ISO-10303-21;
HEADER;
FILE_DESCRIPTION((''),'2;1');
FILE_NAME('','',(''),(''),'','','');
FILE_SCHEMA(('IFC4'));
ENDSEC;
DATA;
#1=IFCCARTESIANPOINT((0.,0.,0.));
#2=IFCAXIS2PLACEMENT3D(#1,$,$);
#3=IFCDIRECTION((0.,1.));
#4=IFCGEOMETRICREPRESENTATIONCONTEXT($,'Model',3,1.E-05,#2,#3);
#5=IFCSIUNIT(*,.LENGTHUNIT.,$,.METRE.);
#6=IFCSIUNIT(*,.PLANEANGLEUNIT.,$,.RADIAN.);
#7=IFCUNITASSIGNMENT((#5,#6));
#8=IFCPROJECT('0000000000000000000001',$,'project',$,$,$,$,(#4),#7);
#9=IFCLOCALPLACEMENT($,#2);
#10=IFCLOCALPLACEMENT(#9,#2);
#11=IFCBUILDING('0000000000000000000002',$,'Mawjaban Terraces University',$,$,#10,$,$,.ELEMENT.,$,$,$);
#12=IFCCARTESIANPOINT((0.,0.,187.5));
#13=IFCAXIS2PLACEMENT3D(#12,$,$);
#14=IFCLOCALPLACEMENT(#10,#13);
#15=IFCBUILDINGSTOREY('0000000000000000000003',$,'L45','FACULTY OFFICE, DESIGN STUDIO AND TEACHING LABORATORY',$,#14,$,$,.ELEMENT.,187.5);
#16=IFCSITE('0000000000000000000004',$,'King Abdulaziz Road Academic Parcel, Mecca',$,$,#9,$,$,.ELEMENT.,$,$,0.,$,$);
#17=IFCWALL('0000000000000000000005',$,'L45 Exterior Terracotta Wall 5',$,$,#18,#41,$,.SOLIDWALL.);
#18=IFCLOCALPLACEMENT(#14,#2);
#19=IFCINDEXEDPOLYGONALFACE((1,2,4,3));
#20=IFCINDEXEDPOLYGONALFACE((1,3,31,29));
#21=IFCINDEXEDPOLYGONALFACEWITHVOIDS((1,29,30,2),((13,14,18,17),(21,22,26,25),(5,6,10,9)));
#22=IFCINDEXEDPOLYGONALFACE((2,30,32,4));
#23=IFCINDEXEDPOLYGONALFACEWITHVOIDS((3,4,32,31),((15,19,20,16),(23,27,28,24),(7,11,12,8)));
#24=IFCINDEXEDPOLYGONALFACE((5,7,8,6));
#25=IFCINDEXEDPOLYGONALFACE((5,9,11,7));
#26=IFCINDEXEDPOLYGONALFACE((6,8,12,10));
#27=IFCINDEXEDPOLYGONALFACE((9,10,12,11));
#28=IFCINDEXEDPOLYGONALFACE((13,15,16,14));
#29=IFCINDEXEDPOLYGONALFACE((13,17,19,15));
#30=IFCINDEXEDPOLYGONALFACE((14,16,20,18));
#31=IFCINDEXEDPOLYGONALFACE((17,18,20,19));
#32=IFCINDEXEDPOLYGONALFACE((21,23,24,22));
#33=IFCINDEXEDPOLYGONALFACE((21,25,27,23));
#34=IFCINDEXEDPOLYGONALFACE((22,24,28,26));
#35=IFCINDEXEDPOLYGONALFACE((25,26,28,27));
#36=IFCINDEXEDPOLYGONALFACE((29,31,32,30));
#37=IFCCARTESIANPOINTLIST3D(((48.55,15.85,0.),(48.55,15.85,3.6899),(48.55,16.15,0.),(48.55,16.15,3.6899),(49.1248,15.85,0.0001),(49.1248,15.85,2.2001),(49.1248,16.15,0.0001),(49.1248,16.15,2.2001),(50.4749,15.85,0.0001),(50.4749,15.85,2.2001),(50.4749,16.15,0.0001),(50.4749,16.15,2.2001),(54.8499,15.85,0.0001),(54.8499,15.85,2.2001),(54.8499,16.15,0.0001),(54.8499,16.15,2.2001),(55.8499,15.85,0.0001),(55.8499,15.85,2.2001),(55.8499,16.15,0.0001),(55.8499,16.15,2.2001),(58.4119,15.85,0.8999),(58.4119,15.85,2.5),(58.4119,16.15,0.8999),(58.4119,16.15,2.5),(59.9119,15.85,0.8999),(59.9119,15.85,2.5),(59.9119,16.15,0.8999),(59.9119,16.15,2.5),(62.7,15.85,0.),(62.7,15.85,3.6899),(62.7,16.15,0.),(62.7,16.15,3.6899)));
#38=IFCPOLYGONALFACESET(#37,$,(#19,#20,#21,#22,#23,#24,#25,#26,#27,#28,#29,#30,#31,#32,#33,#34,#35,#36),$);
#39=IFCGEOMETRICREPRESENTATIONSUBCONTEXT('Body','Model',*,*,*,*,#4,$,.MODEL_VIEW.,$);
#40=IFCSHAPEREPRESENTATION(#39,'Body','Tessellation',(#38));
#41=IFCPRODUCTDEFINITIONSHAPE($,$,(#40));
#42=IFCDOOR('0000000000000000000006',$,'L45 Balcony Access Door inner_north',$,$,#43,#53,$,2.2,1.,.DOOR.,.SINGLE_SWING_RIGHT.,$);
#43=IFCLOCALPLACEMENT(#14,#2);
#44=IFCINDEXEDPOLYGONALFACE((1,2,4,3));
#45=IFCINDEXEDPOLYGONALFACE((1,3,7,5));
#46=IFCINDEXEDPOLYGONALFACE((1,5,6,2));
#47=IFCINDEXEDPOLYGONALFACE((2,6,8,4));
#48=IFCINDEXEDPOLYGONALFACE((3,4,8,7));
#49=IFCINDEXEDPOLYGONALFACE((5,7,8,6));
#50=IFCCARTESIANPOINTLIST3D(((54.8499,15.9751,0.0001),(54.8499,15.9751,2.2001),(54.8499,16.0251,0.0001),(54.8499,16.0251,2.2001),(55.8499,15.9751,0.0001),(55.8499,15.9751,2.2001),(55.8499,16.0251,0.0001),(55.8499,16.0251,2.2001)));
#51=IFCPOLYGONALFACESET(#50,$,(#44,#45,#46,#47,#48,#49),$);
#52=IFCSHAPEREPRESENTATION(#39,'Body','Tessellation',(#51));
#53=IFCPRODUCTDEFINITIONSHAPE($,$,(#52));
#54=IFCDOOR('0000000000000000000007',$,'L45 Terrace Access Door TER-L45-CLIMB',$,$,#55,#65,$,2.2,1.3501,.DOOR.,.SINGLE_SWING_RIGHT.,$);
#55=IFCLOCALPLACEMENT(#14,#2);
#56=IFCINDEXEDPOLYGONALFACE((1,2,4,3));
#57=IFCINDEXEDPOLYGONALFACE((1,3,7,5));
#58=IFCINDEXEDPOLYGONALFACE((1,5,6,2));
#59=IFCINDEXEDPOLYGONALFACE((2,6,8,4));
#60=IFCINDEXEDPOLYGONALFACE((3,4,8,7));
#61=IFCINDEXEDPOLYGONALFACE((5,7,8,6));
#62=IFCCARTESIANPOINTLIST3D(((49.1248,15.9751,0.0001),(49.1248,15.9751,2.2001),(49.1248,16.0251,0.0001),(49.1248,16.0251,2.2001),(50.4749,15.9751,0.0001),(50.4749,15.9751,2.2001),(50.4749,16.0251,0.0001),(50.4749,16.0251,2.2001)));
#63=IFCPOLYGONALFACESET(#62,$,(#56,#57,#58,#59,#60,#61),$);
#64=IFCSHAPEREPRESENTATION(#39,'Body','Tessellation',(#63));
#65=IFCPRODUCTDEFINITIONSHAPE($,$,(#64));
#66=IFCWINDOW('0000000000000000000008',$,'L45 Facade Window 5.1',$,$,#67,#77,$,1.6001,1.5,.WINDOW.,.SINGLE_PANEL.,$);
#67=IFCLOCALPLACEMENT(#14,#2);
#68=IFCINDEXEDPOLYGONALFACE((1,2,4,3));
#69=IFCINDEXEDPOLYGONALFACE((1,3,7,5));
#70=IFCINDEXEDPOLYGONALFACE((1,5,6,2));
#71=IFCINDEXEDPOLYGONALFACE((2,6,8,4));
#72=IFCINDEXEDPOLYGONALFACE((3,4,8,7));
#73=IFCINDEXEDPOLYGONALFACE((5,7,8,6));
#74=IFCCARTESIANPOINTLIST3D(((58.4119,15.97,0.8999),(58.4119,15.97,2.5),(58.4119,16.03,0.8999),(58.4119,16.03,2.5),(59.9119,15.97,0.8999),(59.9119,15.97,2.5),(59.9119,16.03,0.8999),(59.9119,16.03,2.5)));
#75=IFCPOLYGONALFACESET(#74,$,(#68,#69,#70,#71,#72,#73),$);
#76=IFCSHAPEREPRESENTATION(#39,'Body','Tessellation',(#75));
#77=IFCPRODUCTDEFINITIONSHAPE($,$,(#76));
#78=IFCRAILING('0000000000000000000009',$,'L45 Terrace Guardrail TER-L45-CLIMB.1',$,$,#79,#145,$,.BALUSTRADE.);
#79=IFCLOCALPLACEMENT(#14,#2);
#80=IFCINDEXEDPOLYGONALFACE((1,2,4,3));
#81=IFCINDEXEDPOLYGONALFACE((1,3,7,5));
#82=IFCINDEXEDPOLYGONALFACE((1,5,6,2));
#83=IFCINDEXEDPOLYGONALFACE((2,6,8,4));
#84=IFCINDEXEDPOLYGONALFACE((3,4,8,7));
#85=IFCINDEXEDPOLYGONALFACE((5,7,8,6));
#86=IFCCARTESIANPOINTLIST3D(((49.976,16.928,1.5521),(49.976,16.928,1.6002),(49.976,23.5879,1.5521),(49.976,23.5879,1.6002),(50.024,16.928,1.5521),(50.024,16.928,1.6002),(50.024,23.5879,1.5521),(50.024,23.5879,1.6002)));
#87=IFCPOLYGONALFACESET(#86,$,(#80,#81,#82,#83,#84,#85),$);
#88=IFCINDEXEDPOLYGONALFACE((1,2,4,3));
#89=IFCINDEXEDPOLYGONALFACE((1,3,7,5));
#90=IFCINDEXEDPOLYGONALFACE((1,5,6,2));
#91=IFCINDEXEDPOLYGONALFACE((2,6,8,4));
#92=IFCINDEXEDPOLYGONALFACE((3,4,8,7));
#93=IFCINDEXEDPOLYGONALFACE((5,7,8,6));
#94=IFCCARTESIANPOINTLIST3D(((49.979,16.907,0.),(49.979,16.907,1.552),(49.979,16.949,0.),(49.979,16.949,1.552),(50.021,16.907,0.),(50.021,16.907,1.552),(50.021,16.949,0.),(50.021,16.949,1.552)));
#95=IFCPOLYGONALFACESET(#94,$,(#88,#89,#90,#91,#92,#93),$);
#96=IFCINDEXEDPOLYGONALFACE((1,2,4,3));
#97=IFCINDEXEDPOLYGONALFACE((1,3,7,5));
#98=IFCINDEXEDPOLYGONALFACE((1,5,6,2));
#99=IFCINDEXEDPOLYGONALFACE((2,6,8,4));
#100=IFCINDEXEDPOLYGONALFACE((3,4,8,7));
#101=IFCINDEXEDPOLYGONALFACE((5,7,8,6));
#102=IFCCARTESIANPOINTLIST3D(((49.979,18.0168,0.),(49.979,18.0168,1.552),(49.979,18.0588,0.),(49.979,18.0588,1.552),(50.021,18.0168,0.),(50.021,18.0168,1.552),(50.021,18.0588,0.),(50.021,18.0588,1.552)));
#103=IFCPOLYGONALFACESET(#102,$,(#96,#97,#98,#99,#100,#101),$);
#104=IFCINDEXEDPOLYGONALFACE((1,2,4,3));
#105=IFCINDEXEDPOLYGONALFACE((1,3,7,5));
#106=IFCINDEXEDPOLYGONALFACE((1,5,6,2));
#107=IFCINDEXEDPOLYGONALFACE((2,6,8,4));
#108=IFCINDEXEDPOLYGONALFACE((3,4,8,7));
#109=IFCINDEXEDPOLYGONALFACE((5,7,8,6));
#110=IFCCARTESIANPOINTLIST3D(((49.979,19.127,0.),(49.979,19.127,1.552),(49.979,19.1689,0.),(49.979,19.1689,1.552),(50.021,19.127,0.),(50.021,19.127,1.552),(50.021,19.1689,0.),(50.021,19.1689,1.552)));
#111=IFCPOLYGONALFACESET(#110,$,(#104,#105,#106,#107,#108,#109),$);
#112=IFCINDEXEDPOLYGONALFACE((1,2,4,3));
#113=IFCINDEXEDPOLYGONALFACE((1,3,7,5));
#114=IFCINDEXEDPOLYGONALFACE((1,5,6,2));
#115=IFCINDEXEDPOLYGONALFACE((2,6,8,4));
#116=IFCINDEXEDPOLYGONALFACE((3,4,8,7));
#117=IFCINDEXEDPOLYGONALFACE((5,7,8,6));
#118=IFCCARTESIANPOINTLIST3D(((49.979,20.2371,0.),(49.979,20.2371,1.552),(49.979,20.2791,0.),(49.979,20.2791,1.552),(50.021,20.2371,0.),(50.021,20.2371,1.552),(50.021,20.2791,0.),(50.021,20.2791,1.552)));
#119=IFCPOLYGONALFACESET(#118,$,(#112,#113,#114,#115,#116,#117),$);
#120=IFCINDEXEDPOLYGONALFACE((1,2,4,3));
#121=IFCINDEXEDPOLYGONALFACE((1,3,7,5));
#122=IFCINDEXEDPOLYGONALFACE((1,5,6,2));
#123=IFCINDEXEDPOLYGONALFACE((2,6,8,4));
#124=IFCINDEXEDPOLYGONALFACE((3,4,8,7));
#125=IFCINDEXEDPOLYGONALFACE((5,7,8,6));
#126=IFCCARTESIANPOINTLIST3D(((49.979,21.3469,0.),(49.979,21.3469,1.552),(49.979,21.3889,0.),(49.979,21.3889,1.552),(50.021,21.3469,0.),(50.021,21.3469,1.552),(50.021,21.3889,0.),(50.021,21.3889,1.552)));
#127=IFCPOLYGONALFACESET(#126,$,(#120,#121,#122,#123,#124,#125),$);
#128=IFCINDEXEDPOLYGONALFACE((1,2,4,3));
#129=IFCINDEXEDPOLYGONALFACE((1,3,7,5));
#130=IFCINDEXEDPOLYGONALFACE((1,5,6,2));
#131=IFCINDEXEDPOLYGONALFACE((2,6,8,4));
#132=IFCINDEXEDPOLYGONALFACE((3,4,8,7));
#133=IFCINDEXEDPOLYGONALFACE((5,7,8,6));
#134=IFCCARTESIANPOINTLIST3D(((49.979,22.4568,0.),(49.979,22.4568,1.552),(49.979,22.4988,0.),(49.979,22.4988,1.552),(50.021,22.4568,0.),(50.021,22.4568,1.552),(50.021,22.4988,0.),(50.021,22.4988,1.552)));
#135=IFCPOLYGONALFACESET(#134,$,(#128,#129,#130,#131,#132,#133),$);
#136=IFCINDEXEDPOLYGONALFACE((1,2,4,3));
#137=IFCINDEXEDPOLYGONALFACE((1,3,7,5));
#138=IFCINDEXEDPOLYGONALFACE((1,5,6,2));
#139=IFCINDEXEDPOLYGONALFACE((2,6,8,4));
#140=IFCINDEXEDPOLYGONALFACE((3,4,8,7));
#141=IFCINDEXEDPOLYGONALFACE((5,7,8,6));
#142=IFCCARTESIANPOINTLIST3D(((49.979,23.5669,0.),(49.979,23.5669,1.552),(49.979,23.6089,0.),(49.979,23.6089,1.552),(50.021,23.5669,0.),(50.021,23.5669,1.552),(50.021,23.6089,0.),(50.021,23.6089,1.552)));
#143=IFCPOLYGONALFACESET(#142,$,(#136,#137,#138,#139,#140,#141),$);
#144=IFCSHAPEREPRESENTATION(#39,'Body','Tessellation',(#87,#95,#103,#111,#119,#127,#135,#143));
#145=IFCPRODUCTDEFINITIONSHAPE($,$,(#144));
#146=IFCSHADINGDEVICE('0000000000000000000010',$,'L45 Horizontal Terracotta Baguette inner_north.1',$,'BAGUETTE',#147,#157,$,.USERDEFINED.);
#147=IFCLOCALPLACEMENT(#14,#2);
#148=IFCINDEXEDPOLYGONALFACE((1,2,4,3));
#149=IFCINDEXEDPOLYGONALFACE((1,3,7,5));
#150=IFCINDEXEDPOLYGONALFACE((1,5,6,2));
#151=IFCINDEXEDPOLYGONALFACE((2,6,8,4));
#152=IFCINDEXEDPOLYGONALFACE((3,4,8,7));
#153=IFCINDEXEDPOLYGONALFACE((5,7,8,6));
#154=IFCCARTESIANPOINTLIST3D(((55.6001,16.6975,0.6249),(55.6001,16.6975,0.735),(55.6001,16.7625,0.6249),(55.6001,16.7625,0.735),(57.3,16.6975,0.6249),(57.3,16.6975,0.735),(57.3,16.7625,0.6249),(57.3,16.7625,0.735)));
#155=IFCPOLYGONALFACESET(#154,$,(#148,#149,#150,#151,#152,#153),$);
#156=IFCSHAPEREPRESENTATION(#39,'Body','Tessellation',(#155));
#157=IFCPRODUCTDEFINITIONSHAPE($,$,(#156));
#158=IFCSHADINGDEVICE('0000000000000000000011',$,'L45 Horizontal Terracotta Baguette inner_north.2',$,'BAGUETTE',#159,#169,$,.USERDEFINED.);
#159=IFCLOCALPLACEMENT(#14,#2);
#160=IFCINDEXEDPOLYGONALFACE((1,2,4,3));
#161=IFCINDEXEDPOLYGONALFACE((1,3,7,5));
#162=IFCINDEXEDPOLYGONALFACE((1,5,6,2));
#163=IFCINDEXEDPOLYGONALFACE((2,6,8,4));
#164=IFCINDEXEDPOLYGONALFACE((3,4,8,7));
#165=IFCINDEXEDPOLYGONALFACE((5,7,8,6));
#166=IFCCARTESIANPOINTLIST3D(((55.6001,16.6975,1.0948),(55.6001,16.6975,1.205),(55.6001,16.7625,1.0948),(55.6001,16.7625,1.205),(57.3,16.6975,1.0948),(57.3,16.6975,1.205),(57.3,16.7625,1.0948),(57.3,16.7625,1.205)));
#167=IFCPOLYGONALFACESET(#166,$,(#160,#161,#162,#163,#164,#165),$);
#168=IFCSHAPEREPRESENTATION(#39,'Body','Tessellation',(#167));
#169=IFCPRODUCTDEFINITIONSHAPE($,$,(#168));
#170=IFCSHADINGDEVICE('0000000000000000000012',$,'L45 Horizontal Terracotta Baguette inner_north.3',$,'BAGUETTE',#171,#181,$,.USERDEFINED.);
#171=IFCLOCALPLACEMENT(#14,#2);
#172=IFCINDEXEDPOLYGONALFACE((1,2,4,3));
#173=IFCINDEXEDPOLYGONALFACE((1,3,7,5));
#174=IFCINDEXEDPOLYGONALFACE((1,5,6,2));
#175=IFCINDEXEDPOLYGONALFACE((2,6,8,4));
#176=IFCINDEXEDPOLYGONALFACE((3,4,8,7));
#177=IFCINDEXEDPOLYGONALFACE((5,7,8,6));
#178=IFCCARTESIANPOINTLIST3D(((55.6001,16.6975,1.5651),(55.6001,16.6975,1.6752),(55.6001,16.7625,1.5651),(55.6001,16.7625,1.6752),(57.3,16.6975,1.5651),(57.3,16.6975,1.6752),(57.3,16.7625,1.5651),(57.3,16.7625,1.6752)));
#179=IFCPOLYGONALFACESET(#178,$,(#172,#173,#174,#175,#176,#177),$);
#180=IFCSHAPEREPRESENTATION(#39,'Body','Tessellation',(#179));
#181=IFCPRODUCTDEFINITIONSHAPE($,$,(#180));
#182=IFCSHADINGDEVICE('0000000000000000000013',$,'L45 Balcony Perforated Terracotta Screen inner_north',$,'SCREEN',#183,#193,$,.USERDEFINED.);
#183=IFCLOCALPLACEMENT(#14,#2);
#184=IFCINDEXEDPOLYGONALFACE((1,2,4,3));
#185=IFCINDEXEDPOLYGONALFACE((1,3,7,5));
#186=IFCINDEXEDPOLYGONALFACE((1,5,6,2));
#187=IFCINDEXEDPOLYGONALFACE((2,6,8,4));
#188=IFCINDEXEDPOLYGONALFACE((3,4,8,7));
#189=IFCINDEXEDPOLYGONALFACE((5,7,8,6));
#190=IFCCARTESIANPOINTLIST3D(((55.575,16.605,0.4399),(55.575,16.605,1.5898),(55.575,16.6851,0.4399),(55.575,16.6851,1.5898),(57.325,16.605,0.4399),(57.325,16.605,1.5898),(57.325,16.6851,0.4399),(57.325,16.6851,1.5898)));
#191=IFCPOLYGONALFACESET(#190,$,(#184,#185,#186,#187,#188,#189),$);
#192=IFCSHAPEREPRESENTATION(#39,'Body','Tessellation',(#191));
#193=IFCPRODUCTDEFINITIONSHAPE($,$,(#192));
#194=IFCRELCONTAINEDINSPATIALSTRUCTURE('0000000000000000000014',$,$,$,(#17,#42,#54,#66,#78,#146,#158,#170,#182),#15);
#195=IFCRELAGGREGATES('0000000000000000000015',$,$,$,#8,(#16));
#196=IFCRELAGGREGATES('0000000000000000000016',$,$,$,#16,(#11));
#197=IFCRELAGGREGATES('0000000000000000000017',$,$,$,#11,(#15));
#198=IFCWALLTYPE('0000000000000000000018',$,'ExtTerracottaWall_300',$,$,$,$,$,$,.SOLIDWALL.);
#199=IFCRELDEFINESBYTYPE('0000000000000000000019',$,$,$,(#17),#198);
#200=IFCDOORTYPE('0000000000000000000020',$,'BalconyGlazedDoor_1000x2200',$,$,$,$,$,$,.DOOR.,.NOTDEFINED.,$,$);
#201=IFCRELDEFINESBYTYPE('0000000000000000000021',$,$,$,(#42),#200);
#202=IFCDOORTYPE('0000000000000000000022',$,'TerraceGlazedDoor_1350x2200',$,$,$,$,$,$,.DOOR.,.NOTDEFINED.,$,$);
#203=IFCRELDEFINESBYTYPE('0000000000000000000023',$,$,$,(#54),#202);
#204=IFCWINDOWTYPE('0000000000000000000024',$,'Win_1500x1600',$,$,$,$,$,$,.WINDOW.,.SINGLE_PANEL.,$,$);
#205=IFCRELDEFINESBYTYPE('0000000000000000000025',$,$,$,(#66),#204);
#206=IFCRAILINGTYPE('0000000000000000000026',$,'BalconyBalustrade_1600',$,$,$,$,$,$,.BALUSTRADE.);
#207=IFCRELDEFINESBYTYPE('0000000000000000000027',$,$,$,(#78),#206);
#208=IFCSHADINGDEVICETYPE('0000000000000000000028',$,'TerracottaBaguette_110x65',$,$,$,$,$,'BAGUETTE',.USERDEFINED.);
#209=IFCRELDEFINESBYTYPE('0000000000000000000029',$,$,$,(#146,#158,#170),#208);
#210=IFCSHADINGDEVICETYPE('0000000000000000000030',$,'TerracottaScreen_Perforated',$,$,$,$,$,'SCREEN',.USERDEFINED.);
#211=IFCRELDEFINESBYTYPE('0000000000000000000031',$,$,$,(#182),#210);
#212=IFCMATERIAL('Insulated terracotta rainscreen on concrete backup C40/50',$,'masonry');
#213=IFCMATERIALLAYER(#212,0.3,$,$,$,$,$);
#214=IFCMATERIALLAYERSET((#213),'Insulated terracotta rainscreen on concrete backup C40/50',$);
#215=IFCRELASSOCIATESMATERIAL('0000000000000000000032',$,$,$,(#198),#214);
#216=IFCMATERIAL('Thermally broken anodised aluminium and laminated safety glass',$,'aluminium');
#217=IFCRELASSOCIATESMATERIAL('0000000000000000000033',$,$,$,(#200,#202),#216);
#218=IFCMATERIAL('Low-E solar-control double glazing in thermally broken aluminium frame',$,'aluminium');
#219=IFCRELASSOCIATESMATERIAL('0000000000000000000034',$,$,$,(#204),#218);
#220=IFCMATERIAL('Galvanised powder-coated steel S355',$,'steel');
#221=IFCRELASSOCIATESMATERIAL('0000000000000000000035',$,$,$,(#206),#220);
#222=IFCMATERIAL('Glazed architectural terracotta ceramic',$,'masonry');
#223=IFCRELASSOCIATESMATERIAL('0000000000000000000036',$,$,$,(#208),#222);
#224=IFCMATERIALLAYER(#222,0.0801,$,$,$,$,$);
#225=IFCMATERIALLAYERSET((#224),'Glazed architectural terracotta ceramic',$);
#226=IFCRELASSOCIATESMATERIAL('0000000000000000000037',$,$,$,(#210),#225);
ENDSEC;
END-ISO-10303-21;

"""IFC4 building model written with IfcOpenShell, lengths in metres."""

from ifc_helpers import new_model, si_unit, direction, frame, frame_2d, origin, origin_2d, place, context, subcontext, project, spatial, rectangle, extrude, material, layer, layer_set, material_profile, profile_set, type_object, element, fill, save


model = new_model("IFC4")

# Units and contexts
model_context = context("Model", 3, precision=1e-05, world=origin(), true_north=direction((0.0, 1.0)))
body_context = subcontext(model_context, "Body", "Model", "MODEL_VIEW")
ifc_project = project(units=[si_unit("LENGTHUNIT", "METRE"), si_unit("PLANEANGLEUNIT", "RADIAN")], contexts=[model_context])

# Site, building, storey
site_placement = place(None, origin())
site = spatial("IfcSite", under=ifc_project, at=site_placement, Name="King Abdulaziz Road Academic Parcel, Mecca", CompositionType="ELEMENT", RefElevation=0.0)
building_placement = place(site_placement, origin())
building = spatial("IfcBuilding", under=site, at=building_placement, Name="Mawjaban Terraces University", CompositionType="ELEMENT")
storey_placement = place(building_placement, frame((0.0, 0.0, 187.5)))
storey = spatial("IfcBuildingStorey", under=building, at=storey_placement, Name="L45", Description="FACULTY OFFICE, DESIGN STUDIO AND TEACHING LABORATORY", CompositionType="ELEMENT", Elevation=187.5)

# Wall, openings, doors, window
ifc_material_1 = material(Name="Insulated terracotta rainscreen on concrete backup C40/50", Category="masonry")
ifc_layer_1 = layer(ifc_material_1, 0.3)
ifc_layer_set_1 = layer_set([ifc_layer_1], Name="Insulated terracotta rainscreen on concrete backup C40/50")
wall_type = type_object("IfcWallType", Name="ExtTerracottaWall_300", PredefinedType="SOLIDWALL", material=ifc_layer_set_1)
wall_placement = place(storey_placement, frame((62.7, 16.0, 0.0), z_axis=(0.0, 0.0, 1.0), x_axis=(-1.0, 0.0, 0.0)))
wall = element("IfcWall", 1, at=wall_placement, inside=storey, type_object=wall_type, Name="L45 Exterior Terracotta Wall 5", PredefinedType="SOLIDWALL", context=body_context, shape_type="SweptSolid", body=[
    extrude(rectangle(XDim=14.1499, YDim=0.3, at=frame_2d((7.075, 0.0))), origin(), (0.0, 0.0, 1.0), 3.6899),
])
opening_1_placement = place(wall_placement, frame((6.8501, 0.0, 0.0)))
opening_1 = element("IfcOpeningElement", 2, at=opening_1_placement, cuts=wall, PredefinedType="OPENING", context=body_context, shape_type="SweptSolid", body=[
    extrude(rectangle(XDim=1.0, YDim=2.2, at=frame_2d((0.5, 1.1001))), frame((0.0, 0.1599, 0.0), z_axis=(0.0, -1.0, 0.0), x_axis=(1.0, 0.0, 0.0)), (0.0, 0.0, 1.0), 0.3201),
])
opening_2_placement = place(wall_placement, frame((12.2251, 0.0, 0.0)))
opening_2 = element("IfcOpeningElement", 3, at=opening_2_placement, cuts=wall, PredefinedType="OPENING", context=body_context, shape_type="SweptSolid", body=[
    extrude(rectangle(XDim=1.3501, YDim=2.2, at=frame_2d((0.675, 1.1001))), frame((0.0, 0.1599, 0.0), z_axis=(0.0, -1.0, 0.0), x_axis=(1.0, 0.0, 0.0)), (0.0, 0.0, 1.0), 0.3201),
])
opening_3_placement = place(wall_placement, frame((2.7881, 0.0, 0.8999)))
opening_3 = element("IfcOpeningElement", 4, at=opening_3_placement, cuts=wall, PredefinedType="OPENING", context=body_context, shape_type="SweptSolid", body=[
    extrude(rectangle(XDim=1.5, YDim=1.6001, at=frame_2d((0.75, 0.8))), frame((0.0, 0.1599, 0.0), z_axis=(0.0, -1.0, 0.0), x_axis=(1.0, 0.0, 0.0)), (0.0, 0.0, 1.0), 0.3201),
])
ifc_material_2 = material(Name="Thermally broken anodised aluminium and laminated safety glass", Category="aluminium")
door_type_1 = type_object("IfcDoorType", Name="BalconyGlazedDoor_1000x2200", OperationType="NOTDEFINED", PredefinedType="DOOR", material=ifc_material_2)
door_1_placement = place(opening_1_placement, origin())
door_1 = element("IfcDoor", 5, at=door_1_placement, inside=storey, type_object=door_type_1, Name="L45 Balcony Access Door inner_north", OperationType="SINGLE_SWING_RIGHT", OverallHeight=2.2, OverallWidth=1.0, PredefinedType="DOOR", context=body_context, shape_type="SweptSolid", body=[
    extrude(rectangle(XDim=1.0, YDim=2.2, at=frame_2d((0.5, 1.1001))), frame((0.0, 0.0249, 0.0), z_axis=(0.0, -1.0, 0.0), x_axis=(1.0, 0.0, 0.0)), (0.0, 0.0, 1.0), 0.05),
])
fill(opening_1, door_1)
door_type_2 = type_object("IfcDoorType", Name="TerraceGlazedDoor_1350x2200", OperationType="NOTDEFINED", PredefinedType="DOOR", material=ifc_material_2)
door_2_placement = place(opening_2_placement, origin())
door_2 = element("IfcDoor", 6, at=door_2_placement, inside=storey, type_object=door_type_2, Name="L45 Terrace Access Door TER-L45-CLIMB", OperationType="SINGLE_SWING_RIGHT", OverallHeight=2.2, OverallWidth=1.3501, PredefinedType="DOOR", context=body_context, shape_type="SweptSolid", body=[
    extrude(rectangle(XDim=1.3501, YDim=2.2, at=frame_2d((0.675, 1.1001))), frame((0.0, 0.0249, 0.0), z_axis=(0.0, -1.0, 0.0), x_axis=(1.0, 0.0, 0.0)), (0.0, 0.0, 1.0), 0.05),
])
fill(opening_2, door_2)
ifc_material_3 = material(Name="Low-E solar-control double glazing in thermally broken aluminium frame", Category="aluminium")
window_type = type_object("IfcWindowType", Name="Win_1500x1600", PartitioningType="SINGLE_PANEL", PredefinedType="WINDOW", material=ifc_material_3)
window_placement = place(opening_3_placement, origin())
window = element("IfcWindow", 7, at=window_placement, inside=storey, type_object=window_type, Name="L45 Facade Window 5.1", OverallHeight=1.6001, OverallWidth=1.5, PartitioningType="SINGLE_PANEL", PredefinedType="WINDOW", context=body_context, shape_type="SweptSolid", body=[
    extrude(rectangle(XDim=1.5, YDim=1.6001, at=frame_2d((0.75, 0.8))), frame((0.0, 0.03, 0.0), z_axis=(0.0, -1.0, 0.0), x_axis=(1.0, 0.0, 0.0)), (0.0, 0.0, 1.0), 0.0601),
])
fill(opening_3, window)

# Railing
ifc_material_4 = material(Name="Galvanised powder-coated steel S355", Category="steel")
railing_type = type_object("IfcRailingType", Name="BalconyBalustrade_1600", PredefinedType="BALUSTRADE", material=ifc_material_4)
railing_1_placement = place(storey_placement, frame((50.0, 16.928, 0.0)))
element("IfcRailing", 8, at=railing_1_placement, inside=storey, type_object=railing_type, Name="L45 Terrace Guardrail TER-L45-CLIMB.1", PredefinedType="BALUSTRADE", context=body_context, shape_type="SweptSolid", body=[
    extrude(rectangle(XDim=0.0481, YDim=0.0481, at=origin_2d()), frame((0.0, 0.0, 1.5762), z_axis=(0.0, 1.0, 0.0), x_axis=(-1.0, 0.0, 0.0)), (0.0, 0.0, 1.0), 6.6599),
    extrude(rectangle(XDim=0.042, YDim=0.042, at=origin_2d()), origin(), (0.0, 0.0, 1.0), 1.552),
    extrude(rectangle(XDim=0.042, YDim=0.042, at=origin_2d()), frame((0.0, 1.1099, 0.0)), (0.0, 0.0, 1.0), 1.552),
    extrude(rectangle(XDim=0.042, YDim=0.042, at=origin_2d()), frame((0.0, 2.22, 0.0)), (0.0, 0.0, 1.0), 1.552),
    extrude(rectangle(XDim=0.042, YDim=0.042, at=origin_2d()), frame((0.0, 3.3301, 0.0)), (0.0, 0.0, 1.0), 1.552),
    extrude(rectangle(XDim=0.042, YDim=0.042, at=origin_2d()), frame((0.0, 4.4399, 0.0)), (0.0, 0.0, 1.0), 1.552),
    extrude(rectangle(XDim=0.042, YDim=0.042, at=origin_2d()), frame((0.0, 5.5498, 0.0)), (0.0, 0.0, 1.0), 1.552),
    extrude(rectangle(XDim=0.042, YDim=0.042, at=origin_2d()), frame((0.0, 6.6599, 0.0)), (0.0, 0.0, 1.0), 1.552),
])

# Shading devices
ifc_material_5 = material(Name="Glazed architectural terracotta ceramic", Category="masonry")
ifc_material_profile_1 = material_profile(ifc_material_5, rectangle(XDim=0.0649, YDim=0.1101, at=origin_2d()), Name="TBAG110X65")
ifc_profile_set_1 = profile_set([ifc_material_profile_1], Name="Glazed architectural terracotta ceramic")
shading_device_type_1 = type_object("IfcShadingDeviceType", Name="TerracottaBaguette_110x65", ElementType="BAGUETTE", PredefinedType="USERDEFINED", material=ifc_profile_set_1)
for number, where, z_axis, x_axis, name in (
    (9, (55.6001, 16.73, 0.6799), (1.0, 0.0, 0.0), (0.0, 1.0, 0.0), "L45 Horizontal Terracotta Baguette inner_north.1"),
    (10, (55.6001, 16.73, 1.1499), (1.0, 0.0, 0.0), (0.0, 1.0, 0.0), "L45 Horizontal Terracotta Baguette inner_north.2"),
    (11, (55.6001, 16.73, 1.6201), (1.0, 0.0, 0.0), (0.0, 1.0, 0.0), "L45 Horizontal Terracotta Baguette inner_north.3"),
):
    element("IfcShadingDevice", number, at=place(storey_placement, frame(where, z_axis=z_axis, x_axis=x_axis)), inside=storey, type_object=shading_device_type_1, Name=name, ObjectType="BAGUETTE", PredefinedType="USERDEFINED", context=body_context, shape_type="SweptSolid", body=[
        extrude(rectangle(XDim=0.0649, YDim=0.1101, at=origin_2d()), origin(), (0.0, 0.0, 1.0), 1.7),
    ])
ifc_layer_2 = layer(ifc_material_5, 0.0801)
ifc_layer_set_2 = layer_set([ifc_layer_2], Name="Glazed architectural terracotta ceramic")
shading_device_type_2 = type_object("IfcShadingDeviceType", Name="TerracottaScreen_Perforated", ElementType="SCREEN", PredefinedType="USERDEFINED", material=ifc_layer_set_2)
shading_device_placement = place(storey_placement, frame((56.45, 16.645, 0.4399), z_axis=(0.0, 0.0, 1.0), x_axis=(1.0, 0.0, 0.0)))
element("IfcShadingDevice", 12, at=shading_device_placement, inside=storey, type_object=shading_device_type_2, Name="L45 Balcony Perforated Terracotta Screen inner_north", ObjectType="SCREEN", PredefinedType="USERDEFINED", context=body_context, shape_type="SweptSolid", body=[
    extrude(rectangle(XDim=1.75, YDim=0.0801, at=origin_2d()), origin(), (0.0, 0.0, 1.0), 1.1499),
])

save(model, "model.ifc")
